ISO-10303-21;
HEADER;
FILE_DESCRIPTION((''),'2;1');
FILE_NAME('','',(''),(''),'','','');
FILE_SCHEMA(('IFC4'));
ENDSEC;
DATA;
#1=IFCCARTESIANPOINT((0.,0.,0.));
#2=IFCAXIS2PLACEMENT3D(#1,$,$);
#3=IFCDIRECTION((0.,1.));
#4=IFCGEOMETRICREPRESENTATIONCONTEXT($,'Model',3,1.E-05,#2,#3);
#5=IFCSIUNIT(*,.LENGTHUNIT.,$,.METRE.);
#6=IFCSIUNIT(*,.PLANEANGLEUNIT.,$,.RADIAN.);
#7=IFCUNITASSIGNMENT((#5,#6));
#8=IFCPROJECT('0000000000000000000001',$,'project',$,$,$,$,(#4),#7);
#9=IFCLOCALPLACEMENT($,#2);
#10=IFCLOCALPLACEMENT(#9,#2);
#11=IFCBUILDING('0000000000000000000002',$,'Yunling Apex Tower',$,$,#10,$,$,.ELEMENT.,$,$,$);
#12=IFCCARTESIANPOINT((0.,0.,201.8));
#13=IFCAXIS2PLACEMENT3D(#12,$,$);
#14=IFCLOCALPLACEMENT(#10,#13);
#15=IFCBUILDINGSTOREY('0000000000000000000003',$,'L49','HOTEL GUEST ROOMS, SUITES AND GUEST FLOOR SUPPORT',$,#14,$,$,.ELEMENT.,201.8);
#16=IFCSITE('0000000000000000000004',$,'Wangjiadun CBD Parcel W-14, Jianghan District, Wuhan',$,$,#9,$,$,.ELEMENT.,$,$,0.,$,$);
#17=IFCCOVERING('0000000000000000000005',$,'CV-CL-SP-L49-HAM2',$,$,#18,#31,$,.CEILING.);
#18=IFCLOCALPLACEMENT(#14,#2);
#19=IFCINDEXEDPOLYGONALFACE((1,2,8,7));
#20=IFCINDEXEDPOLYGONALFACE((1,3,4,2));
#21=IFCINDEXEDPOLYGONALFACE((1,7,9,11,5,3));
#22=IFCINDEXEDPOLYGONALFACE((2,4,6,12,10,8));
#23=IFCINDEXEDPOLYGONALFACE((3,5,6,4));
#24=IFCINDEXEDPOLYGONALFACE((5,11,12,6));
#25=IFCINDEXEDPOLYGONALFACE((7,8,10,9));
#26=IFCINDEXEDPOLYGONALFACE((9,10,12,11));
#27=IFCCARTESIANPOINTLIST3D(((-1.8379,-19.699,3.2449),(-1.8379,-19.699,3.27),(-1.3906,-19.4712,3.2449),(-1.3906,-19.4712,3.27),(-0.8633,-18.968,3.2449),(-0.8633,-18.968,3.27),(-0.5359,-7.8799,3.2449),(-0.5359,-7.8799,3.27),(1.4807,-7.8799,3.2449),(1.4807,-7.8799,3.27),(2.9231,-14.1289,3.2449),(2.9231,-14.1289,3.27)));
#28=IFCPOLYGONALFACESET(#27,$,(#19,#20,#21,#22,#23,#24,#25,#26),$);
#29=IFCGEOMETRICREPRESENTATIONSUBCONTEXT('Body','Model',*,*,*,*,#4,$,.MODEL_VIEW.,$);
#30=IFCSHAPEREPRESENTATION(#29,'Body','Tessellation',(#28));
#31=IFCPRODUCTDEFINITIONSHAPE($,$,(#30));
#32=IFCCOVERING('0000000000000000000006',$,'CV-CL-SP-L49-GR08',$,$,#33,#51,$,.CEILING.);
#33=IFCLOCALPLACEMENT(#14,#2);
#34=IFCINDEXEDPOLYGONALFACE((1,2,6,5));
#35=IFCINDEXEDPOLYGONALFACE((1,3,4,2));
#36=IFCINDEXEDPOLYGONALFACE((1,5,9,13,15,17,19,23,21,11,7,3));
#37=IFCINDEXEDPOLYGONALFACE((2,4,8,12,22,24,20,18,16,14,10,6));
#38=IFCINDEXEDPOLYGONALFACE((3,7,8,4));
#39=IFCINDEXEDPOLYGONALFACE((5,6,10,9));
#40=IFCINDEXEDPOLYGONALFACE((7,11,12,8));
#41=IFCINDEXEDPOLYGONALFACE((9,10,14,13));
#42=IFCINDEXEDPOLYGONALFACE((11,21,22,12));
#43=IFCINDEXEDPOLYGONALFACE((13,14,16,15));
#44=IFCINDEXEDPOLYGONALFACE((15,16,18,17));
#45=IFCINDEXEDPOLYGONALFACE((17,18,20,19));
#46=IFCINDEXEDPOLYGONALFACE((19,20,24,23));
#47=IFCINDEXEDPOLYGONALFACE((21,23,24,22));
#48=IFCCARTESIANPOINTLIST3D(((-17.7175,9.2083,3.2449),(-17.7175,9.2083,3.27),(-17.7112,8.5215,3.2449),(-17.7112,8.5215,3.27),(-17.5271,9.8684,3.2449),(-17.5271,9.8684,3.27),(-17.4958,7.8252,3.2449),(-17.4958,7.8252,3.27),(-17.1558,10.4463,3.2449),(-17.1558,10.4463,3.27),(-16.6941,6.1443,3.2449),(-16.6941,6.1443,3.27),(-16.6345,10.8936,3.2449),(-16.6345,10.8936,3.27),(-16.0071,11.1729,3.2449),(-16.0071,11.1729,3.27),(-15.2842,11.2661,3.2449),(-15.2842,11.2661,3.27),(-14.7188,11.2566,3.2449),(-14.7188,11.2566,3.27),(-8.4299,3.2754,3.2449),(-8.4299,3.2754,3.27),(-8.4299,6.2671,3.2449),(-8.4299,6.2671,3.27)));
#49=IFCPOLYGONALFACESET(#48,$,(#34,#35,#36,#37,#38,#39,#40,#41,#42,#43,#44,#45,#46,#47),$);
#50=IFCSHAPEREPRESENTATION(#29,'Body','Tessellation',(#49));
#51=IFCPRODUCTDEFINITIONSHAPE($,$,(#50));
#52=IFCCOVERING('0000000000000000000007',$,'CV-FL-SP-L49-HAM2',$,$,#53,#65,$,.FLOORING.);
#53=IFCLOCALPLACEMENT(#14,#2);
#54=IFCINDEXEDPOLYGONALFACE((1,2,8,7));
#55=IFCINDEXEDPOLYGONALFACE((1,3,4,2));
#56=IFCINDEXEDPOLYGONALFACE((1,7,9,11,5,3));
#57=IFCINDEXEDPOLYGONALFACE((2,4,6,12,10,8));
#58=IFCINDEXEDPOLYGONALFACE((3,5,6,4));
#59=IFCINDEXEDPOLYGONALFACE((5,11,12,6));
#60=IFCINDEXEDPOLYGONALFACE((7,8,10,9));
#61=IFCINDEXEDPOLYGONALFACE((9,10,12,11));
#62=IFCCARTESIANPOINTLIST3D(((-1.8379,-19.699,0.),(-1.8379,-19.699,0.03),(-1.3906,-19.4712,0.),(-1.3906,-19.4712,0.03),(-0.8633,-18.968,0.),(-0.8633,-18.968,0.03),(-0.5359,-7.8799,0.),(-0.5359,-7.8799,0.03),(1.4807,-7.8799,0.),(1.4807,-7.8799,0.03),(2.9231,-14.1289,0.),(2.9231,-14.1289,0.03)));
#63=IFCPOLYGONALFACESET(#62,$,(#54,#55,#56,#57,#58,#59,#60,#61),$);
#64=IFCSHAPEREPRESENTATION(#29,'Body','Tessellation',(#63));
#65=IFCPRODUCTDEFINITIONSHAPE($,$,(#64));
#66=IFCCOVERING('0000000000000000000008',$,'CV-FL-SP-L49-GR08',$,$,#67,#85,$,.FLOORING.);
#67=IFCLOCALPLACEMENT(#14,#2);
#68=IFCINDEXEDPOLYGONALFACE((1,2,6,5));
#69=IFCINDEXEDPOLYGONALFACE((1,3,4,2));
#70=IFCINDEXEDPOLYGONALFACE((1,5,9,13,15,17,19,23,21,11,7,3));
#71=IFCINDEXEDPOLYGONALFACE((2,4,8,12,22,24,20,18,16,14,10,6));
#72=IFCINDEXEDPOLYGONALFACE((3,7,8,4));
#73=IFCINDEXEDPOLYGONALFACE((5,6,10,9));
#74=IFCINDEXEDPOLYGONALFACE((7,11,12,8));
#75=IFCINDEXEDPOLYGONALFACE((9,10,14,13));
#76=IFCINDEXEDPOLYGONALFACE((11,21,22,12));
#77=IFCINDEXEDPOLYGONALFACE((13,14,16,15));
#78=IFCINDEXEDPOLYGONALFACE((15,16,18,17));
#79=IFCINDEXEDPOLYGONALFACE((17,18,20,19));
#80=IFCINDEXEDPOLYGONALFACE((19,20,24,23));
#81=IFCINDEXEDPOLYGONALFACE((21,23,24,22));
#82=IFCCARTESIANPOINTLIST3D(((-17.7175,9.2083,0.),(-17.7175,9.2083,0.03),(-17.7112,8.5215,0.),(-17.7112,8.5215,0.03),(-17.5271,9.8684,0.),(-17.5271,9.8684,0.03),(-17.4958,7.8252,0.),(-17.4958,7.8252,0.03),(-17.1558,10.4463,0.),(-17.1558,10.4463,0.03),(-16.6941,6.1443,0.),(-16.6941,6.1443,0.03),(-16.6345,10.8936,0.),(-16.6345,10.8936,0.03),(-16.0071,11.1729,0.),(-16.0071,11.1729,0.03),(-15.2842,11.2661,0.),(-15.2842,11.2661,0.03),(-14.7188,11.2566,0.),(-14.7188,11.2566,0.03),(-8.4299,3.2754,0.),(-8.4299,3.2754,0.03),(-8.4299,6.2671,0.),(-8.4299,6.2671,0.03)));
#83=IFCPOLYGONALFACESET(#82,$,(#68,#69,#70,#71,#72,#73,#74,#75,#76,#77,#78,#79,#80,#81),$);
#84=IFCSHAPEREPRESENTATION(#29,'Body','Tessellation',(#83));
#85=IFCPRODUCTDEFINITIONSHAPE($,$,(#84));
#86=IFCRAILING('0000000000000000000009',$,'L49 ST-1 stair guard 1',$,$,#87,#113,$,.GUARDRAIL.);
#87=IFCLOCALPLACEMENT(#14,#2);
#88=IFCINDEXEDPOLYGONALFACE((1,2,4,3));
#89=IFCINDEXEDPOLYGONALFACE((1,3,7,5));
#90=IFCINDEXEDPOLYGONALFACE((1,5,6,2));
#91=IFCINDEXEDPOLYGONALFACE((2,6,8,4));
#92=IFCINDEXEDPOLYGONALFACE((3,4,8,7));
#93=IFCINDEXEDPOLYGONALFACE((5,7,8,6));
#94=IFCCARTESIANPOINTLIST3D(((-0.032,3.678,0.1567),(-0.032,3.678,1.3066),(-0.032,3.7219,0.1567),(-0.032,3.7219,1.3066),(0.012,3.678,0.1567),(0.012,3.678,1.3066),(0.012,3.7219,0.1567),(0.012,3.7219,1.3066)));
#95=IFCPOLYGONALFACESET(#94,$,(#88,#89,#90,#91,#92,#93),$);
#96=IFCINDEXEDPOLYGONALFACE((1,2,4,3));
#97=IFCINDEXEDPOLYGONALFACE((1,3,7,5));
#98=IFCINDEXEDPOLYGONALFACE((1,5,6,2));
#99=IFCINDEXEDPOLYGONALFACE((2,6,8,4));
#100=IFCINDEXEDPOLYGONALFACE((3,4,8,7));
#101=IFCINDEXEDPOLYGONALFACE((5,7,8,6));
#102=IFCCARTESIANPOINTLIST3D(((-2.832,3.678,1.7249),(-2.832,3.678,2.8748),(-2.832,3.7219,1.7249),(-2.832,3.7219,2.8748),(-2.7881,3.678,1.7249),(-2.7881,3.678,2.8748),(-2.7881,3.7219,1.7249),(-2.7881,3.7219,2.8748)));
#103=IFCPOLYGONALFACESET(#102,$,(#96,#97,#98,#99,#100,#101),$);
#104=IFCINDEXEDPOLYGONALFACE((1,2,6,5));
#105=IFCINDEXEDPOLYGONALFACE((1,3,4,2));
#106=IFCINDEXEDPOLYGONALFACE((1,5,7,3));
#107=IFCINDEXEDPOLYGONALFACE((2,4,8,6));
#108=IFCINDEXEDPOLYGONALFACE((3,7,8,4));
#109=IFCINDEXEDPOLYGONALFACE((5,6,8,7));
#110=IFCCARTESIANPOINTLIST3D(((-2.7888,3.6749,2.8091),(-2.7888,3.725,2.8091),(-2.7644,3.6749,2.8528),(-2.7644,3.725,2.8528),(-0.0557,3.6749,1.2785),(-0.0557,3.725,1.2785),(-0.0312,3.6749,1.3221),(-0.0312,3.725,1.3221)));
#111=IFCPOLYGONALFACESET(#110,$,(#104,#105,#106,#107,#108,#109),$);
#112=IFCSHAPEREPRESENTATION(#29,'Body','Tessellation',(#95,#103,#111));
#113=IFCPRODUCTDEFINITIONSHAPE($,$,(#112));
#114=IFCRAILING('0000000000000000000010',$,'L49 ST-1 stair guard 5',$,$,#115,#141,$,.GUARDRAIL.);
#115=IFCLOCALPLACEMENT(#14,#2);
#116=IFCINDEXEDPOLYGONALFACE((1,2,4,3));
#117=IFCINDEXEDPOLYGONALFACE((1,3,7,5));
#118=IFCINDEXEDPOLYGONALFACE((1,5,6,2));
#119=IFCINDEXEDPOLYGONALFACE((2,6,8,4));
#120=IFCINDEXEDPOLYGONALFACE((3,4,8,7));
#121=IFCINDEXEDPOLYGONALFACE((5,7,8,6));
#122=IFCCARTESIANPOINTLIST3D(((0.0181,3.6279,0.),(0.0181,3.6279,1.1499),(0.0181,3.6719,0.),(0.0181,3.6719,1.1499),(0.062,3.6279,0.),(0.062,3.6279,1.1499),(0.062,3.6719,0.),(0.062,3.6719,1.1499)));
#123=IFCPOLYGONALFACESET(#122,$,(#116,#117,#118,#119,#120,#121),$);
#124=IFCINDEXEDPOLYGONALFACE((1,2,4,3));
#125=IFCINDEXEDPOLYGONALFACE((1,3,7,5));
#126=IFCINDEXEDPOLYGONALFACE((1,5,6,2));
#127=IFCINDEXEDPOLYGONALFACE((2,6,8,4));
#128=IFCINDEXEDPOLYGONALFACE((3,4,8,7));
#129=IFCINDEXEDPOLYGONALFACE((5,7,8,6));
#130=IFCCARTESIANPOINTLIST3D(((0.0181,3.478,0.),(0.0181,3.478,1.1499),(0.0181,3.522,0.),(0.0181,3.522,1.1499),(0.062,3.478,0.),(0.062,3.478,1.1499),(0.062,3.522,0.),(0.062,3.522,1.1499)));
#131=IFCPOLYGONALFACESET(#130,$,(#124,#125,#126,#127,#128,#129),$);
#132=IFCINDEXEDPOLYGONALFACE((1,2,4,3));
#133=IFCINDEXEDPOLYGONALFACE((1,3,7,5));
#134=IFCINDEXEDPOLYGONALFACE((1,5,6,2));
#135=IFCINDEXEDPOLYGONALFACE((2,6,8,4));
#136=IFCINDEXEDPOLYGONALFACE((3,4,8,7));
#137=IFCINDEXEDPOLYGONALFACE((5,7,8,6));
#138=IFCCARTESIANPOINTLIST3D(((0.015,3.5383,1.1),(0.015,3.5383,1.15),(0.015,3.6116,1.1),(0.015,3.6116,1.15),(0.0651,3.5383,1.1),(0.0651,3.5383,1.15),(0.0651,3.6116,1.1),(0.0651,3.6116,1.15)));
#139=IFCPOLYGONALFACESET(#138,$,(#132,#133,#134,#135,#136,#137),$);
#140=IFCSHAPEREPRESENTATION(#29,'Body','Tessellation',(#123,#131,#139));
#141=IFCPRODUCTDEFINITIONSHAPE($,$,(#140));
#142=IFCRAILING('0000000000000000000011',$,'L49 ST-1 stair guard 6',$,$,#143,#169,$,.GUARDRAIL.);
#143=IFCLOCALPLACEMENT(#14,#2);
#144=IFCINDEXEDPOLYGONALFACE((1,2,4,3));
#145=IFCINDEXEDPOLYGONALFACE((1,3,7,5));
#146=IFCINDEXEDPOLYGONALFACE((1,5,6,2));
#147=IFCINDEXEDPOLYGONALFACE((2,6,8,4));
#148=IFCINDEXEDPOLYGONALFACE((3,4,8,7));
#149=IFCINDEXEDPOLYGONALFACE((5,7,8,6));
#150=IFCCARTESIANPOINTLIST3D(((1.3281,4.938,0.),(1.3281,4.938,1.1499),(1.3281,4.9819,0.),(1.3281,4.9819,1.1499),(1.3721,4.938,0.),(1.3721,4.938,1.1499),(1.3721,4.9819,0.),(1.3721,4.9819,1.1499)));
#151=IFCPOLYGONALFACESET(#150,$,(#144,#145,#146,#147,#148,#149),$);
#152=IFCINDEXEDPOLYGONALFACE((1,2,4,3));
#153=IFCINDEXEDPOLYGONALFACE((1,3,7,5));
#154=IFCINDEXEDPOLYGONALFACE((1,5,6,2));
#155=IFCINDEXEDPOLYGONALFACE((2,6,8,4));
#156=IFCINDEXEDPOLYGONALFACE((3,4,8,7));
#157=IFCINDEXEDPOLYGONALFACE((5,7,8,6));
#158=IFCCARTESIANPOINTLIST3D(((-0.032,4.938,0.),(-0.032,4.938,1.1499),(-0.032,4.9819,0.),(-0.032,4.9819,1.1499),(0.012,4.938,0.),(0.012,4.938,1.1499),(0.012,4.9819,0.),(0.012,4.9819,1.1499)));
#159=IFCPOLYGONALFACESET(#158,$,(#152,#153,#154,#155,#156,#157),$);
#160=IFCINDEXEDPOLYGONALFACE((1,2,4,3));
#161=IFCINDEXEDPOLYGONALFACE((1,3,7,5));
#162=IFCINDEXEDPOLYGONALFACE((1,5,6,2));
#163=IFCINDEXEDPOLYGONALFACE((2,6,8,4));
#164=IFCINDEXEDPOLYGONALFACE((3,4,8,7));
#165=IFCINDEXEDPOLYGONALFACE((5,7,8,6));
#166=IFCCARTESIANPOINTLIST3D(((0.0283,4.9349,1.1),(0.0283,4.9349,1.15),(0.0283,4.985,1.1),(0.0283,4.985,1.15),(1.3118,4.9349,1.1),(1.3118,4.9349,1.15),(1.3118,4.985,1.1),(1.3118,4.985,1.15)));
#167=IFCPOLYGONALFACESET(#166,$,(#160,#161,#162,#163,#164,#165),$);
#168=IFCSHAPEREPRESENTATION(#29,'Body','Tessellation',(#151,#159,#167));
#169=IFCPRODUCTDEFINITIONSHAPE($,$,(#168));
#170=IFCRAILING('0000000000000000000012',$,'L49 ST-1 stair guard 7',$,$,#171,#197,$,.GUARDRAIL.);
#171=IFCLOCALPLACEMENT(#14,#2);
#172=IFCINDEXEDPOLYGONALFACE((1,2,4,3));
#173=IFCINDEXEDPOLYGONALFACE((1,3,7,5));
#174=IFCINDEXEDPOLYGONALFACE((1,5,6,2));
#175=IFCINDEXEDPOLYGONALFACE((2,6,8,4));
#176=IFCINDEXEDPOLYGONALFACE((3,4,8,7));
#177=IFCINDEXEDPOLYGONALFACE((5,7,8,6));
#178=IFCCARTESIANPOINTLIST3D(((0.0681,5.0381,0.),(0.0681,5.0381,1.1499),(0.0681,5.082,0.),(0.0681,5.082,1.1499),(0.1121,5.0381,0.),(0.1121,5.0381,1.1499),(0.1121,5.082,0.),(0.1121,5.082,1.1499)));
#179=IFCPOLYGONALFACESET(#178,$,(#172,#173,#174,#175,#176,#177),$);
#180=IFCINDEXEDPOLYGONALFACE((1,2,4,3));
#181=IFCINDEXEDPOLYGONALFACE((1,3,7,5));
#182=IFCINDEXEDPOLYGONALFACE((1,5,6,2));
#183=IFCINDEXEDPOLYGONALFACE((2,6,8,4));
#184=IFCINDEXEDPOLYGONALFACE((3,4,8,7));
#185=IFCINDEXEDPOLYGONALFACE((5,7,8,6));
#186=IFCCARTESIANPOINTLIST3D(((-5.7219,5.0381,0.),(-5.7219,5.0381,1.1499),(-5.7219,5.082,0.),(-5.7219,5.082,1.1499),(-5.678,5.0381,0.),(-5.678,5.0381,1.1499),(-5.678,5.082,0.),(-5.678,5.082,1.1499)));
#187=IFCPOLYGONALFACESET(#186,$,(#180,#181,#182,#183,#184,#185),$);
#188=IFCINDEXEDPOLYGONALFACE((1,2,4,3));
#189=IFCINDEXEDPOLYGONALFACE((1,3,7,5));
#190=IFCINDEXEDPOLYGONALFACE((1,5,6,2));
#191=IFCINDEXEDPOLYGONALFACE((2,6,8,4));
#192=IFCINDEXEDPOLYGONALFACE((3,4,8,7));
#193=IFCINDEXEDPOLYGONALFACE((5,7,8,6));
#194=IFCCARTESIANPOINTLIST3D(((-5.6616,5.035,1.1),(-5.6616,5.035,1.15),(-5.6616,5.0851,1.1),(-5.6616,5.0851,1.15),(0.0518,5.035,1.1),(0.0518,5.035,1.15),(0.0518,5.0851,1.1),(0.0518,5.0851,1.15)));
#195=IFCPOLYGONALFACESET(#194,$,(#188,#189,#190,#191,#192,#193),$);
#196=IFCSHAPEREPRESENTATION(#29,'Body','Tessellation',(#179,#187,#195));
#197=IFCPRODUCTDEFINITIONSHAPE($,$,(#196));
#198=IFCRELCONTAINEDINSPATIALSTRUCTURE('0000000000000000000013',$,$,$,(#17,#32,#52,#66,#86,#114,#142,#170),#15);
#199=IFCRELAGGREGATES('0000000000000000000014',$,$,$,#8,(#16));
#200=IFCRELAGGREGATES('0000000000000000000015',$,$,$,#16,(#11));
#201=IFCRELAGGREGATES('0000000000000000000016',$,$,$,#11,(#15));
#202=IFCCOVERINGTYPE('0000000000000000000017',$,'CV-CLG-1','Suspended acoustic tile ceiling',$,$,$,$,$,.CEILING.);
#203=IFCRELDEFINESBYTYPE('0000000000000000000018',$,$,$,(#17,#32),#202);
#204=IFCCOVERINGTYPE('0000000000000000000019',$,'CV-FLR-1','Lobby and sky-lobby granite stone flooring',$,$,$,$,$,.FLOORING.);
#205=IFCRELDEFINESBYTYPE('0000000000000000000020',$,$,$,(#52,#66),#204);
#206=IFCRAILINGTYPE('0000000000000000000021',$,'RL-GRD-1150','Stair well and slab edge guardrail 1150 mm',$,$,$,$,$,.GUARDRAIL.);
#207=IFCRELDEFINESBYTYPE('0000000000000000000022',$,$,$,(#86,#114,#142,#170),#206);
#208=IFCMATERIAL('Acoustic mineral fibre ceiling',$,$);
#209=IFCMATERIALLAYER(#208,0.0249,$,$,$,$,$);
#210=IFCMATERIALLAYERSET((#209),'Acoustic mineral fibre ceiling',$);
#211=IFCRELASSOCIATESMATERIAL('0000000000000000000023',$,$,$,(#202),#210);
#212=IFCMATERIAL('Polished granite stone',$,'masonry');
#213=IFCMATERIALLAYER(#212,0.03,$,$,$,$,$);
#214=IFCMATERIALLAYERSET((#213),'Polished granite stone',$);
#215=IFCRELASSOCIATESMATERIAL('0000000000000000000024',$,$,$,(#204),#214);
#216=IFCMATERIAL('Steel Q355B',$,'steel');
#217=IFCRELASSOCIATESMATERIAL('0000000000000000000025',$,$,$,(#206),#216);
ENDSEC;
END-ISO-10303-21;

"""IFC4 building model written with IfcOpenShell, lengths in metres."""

from ifc_helpers import new_model, si_unit, direction, frame, origin, origin_2d, place, context, subcontext, project, spatial, polyline, rectangle, outline, extrude, material, layer, layer_set, type_object, element, save


model = new_model("IFC4")

# Units and contexts
model_context = context("Model", 3, precision=1e-05, world=origin(), true_north=direction((0.0, 1.0)))
body_context = subcontext(model_context, "Body", "Model", "MODEL_VIEW")
ifc_project = project(units=[si_unit("LENGTHUNIT", "METRE"), si_unit("PLANEANGLEUNIT", "RADIAN")], contexts=[model_context])

# Site, building, storey
site_placement = place(None, origin())
site = spatial("IfcSite", under=ifc_project, at=site_placement, Name="Wangjiadun CBD Parcel W-14, Jianghan District, Wuhan", CompositionType="ELEMENT", RefElevation=0.0)
building_placement = place(site_placement, origin())
building = spatial("IfcBuilding", under=site, at=building_placement, Name="Yunling Apex Tower", CompositionType="ELEMENT")
storey_placement = place(building_placement, frame((0.0, 0.0, 201.8)))
storey = spatial("IfcBuildingStorey", under=building, at=storey_placement, Name="L49", Description="HOTEL GUEST ROOMS, SUITES AND GUEST FLOOR SUPPORT", CompositionType="ELEMENT", Elevation=201.8)

# Shared definitions
ifc_material_1 = material(Name="Steel Q355B", Category="steel")

# Coverings
ifc_material_2 = material(Name="Acoustic mineral fibre ceiling")
ifc_layer_1 = layer(ifc_material_2, 0.0249)
ifc_layer_set_1 = layer_set([ifc_layer_1], Name="Acoustic mineral fibre ceiling")
covering_type_1 = type_object("IfcCoveringType", Name="CV-CLG-1", Description="Suspended acoustic tile ceiling", PredefinedType="CEILING", material=ifc_layer_set_1)
covering_1_placement = place(storey_placement, frame((0.0, 0.0, 3.2449)))
element("IfcCovering", 1, at=covering_1_placement, inside=storey, type_object=covering_type_1, Name="CV-CL-SP-L49-HAM2", PredefinedType="CEILING", context=body_context, shape_type="SweptSolid", body=[
    extrude(outline(polyline([(-1.8379, -19.699), (-0.5359, -7.8799), (1.4807, -7.8799), (2.9231, -14.1289), (-0.8633, -18.968), (-1.3906, -19.4712), (-1.8379, -19.699)])), origin(), (0.0, 0.0, 1.0), 0.0251),
])
covering_2_placement = place(storey_placement, frame((0.0, 0.0, 3.2449)))
element("IfcCovering", 2, at=covering_2_placement, inside=storey, type_object=covering_type_1, Name="CV-CL-SP-L49-GR08", PredefinedType="CEILING", context=body_context, shape_type="SweptSolid", body=[
    extrude(outline(polyline([(-17.5271, 9.8684), (-17.1558, 10.4463), (-16.6345, 10.8936), (-16.0071, 11.1729), (-15.2842, 11.2661), (-14.7188, 11.2566), (-8.4299, 6.2671), (-8.4299, 3.2754), (-16.6941, 6.1443), (-17.4958, 7.8252), (-17.7112, 8.5215), (-17.7175, 9.2083), (-17.5271, 9.8684)])), origin(), (0.0, 0.0, 1.0), 0.0251),
])
ifc_material_3 = material(Name="Polished granite stone", Category="masonry")
ifc_layer_2 = layer(ifc_material_3, 0.03)
ifc_layer_set_2 = layer_set([ifc_layer_2], Name="Polished granite stone")
covering_type_2 = type_object("IfcCoveringType", Name="CV-FLR-1", Description="Lobby and sky-lobby granite stone flooring", PredefinedType="FLOORING", material=ifc_layer_set_2)
covering_3_placement = place(storey_placement, origin())
element("IfcCovering", 3, at=covering_3_placement, inside=storey, type_object=covering_type_2, Name="CV-FL-SP-L49-HAM2", PredefinedType="FLOORING", context=body_context, shape_type="SweptSolid", body=[
    extrude(outline(polyline([(-1.8379, -19.699), (-0.5359, -7.8799), (1.4807, -7.8799), (2.9231, -14.1289), (-0.8633, -18.968), (-1.3906, -19.4712), (-1.8379, -19.699)])), origin(), (0.0, 0.0, 1.0), 0.03),
])
covering_4_placement = place(storey_placement, origin())
element("IfcCovering", 4, at=covering_4_placement, inside=storey, type_object=covering_type_2, Name="CV-FL-SP-L49-GR08", PredefinedType="FLOORING", context=body_context, shape_type="SweptSolid", body=[
    extrude(outline(polyline([(-17.5271, 9.8684), (-17.1558, 10.4463), (-16.6345, 10.8936), (-16.0071, 11.1729), (-15.2842, 11.2661), (-14.7188, 11.2566), (-8.4299, 6.2671), (-8.4299, 3.2754), (-16.6941, 6.1443), (-17.4958, 7.8252), (-17.7112, 8.5215), (-17.7175, 9.2083), (-17.5271, 9.8684)])), origin(), (0.0, 0.0, 1.0), 0.03),
])

# Railings
railing_type_1 = type_object("IfcRailingType", Name="RL-GRD-1150", Description="Stair well and slab edge guardrail 1150 mm", PredefinedType="GUARDRAIL", material=ifc_material_1)
railing_1_placement = place(storey_placement, frame((-0.01, 3.7, 0.1567)))
element("IfcRailing", 5, at=railing_1_placement, inside=storey, type_object=railing_type_1, Name="L49 ST-1 stair guard 1", PredefinedType="GUARDRAIL", context=body_context, shape_type="SweptSolid", body=[
    extrude(rectangle(XDim=0.0439, YDim=0.0439, at=origin_2d()), origin(), (0.0, 0.0, 1.0), 1.1499),
    extrude(rectangle(XDim=0.0439, YDim=0.0439, at=origin_2d()), frame((-2.8, 0.0, 1.5681)), (0.0, 0.0, 1.0), 1.1499),
    extrude(rectangle(XDim=0.05, YDim=0.05, at=origin_2d()), frame((-0.0334, 0.0, 1.1436), z_axis=(-0.872494, 0.0, 0.488624), x_axis=(0.0, -1.0, 0.0)), (0.0, 0.0, 1.0), 3.1326),
])
railing_2_placement = place(storey_placement, frame((0.04, 3.6499, 0.0)))
element("IfcRailing", 6, at=railing_2_placement, inside=storey, type_object=railing_type_1, Name="L49 ST-1 stair guard 5", PredefinedType="GUARDRAIL", context=body_context, shape_type="SweptSolid", body=[
    extrude(rectangle(XDim=0.0439, YDim=0.0439, at=origin_2d()), origin(), (0.0, 0.0, 1.0), 1.1499),
    extrude(rectangle(XDim=0.0439, YDim=0.0439, at=origin_2d()), frame((0.0, -0.1499, 0.0)), (0.0, 0.0, 1.0), 1.1499),
    extrude(rectangle(XDim=0.05, YDim=0.05, at=origin_2d()), frame((0.0, -0.0383, 1.125), z_axis=(0.0, -1.0, 0.0), x_axis=(1.0, 0.0, 0.0)), (0.0, 0.0, 1.0), 0.0732),
])
railing_3_placement = place(storey_placement, frame((1.3501, 4.96, 0.0)))
element("IfcRailing", 7, at=railing_3_placement, inside=storey, type_object=railing_type_1, Name="L49 ST-1 stair guard 6", PredefinedType="GUARDRAIL", context=body_context, shape_type="SweptSolid", body=[
    extrude(rectangle(XDim=0.0439, YDim=0.0439, at=origin_2d()), origin(), (0.0, 0.0, 1.0), 1.1499),
    extrude(rectangle(XDim=0.0439, YDim=0.0439, at=origin_2d()), frame((-1.3601, 0.0, 0.0)), (0.0, 0.0, 1.0), 1.1499),
    extrude(rectangle(XDim=0.05, YDim=0.05, at=origin_2d()), frame((-0.0383, 0.0, 1.125), z_axis=(-1.0, 0.0, 0.0), x_axis=(0.0, -1.0, 0.0)), (0.0, 0.0, 1.0), 1.2834),
])
railing_4_placement = place(storey_placement, frame((0.0901, 5.0601, 0.0)))
element("IfcRailing", 8, at=railing_4_placement, inside=storey, type_object=railing_type_1, Name="L49 ST-1 stair guard 7", PredefinedType="GUARDRAIL", context=body_context, shape_type="SweptSolid", body=[
    extrude(rectangle(XDim=0.0439, YDim=0.0439, at=origin_2d()), origin(), (0.0, 0.0, 1.0), 1.1499),
    extrude(rectangle(XDim=0.0439, YDim=0.0439, at=origin_2d()), frame((-5.79, 0.0, 0.0)), (0.0, 0.0, 1.0), 1.1499),
    extrude(rectangle(XDim=0.05, YDim=0.05, at=origin_2d()), frame((-0.0383, 0.0, 1.125), z_axis=(-1.0, 0.0, 0.0), x_axis=(0.0, -1.0, 0.0)), (0.0, 0.0, 1.0), 5.7134),
])

save(model, "model.ifc")
